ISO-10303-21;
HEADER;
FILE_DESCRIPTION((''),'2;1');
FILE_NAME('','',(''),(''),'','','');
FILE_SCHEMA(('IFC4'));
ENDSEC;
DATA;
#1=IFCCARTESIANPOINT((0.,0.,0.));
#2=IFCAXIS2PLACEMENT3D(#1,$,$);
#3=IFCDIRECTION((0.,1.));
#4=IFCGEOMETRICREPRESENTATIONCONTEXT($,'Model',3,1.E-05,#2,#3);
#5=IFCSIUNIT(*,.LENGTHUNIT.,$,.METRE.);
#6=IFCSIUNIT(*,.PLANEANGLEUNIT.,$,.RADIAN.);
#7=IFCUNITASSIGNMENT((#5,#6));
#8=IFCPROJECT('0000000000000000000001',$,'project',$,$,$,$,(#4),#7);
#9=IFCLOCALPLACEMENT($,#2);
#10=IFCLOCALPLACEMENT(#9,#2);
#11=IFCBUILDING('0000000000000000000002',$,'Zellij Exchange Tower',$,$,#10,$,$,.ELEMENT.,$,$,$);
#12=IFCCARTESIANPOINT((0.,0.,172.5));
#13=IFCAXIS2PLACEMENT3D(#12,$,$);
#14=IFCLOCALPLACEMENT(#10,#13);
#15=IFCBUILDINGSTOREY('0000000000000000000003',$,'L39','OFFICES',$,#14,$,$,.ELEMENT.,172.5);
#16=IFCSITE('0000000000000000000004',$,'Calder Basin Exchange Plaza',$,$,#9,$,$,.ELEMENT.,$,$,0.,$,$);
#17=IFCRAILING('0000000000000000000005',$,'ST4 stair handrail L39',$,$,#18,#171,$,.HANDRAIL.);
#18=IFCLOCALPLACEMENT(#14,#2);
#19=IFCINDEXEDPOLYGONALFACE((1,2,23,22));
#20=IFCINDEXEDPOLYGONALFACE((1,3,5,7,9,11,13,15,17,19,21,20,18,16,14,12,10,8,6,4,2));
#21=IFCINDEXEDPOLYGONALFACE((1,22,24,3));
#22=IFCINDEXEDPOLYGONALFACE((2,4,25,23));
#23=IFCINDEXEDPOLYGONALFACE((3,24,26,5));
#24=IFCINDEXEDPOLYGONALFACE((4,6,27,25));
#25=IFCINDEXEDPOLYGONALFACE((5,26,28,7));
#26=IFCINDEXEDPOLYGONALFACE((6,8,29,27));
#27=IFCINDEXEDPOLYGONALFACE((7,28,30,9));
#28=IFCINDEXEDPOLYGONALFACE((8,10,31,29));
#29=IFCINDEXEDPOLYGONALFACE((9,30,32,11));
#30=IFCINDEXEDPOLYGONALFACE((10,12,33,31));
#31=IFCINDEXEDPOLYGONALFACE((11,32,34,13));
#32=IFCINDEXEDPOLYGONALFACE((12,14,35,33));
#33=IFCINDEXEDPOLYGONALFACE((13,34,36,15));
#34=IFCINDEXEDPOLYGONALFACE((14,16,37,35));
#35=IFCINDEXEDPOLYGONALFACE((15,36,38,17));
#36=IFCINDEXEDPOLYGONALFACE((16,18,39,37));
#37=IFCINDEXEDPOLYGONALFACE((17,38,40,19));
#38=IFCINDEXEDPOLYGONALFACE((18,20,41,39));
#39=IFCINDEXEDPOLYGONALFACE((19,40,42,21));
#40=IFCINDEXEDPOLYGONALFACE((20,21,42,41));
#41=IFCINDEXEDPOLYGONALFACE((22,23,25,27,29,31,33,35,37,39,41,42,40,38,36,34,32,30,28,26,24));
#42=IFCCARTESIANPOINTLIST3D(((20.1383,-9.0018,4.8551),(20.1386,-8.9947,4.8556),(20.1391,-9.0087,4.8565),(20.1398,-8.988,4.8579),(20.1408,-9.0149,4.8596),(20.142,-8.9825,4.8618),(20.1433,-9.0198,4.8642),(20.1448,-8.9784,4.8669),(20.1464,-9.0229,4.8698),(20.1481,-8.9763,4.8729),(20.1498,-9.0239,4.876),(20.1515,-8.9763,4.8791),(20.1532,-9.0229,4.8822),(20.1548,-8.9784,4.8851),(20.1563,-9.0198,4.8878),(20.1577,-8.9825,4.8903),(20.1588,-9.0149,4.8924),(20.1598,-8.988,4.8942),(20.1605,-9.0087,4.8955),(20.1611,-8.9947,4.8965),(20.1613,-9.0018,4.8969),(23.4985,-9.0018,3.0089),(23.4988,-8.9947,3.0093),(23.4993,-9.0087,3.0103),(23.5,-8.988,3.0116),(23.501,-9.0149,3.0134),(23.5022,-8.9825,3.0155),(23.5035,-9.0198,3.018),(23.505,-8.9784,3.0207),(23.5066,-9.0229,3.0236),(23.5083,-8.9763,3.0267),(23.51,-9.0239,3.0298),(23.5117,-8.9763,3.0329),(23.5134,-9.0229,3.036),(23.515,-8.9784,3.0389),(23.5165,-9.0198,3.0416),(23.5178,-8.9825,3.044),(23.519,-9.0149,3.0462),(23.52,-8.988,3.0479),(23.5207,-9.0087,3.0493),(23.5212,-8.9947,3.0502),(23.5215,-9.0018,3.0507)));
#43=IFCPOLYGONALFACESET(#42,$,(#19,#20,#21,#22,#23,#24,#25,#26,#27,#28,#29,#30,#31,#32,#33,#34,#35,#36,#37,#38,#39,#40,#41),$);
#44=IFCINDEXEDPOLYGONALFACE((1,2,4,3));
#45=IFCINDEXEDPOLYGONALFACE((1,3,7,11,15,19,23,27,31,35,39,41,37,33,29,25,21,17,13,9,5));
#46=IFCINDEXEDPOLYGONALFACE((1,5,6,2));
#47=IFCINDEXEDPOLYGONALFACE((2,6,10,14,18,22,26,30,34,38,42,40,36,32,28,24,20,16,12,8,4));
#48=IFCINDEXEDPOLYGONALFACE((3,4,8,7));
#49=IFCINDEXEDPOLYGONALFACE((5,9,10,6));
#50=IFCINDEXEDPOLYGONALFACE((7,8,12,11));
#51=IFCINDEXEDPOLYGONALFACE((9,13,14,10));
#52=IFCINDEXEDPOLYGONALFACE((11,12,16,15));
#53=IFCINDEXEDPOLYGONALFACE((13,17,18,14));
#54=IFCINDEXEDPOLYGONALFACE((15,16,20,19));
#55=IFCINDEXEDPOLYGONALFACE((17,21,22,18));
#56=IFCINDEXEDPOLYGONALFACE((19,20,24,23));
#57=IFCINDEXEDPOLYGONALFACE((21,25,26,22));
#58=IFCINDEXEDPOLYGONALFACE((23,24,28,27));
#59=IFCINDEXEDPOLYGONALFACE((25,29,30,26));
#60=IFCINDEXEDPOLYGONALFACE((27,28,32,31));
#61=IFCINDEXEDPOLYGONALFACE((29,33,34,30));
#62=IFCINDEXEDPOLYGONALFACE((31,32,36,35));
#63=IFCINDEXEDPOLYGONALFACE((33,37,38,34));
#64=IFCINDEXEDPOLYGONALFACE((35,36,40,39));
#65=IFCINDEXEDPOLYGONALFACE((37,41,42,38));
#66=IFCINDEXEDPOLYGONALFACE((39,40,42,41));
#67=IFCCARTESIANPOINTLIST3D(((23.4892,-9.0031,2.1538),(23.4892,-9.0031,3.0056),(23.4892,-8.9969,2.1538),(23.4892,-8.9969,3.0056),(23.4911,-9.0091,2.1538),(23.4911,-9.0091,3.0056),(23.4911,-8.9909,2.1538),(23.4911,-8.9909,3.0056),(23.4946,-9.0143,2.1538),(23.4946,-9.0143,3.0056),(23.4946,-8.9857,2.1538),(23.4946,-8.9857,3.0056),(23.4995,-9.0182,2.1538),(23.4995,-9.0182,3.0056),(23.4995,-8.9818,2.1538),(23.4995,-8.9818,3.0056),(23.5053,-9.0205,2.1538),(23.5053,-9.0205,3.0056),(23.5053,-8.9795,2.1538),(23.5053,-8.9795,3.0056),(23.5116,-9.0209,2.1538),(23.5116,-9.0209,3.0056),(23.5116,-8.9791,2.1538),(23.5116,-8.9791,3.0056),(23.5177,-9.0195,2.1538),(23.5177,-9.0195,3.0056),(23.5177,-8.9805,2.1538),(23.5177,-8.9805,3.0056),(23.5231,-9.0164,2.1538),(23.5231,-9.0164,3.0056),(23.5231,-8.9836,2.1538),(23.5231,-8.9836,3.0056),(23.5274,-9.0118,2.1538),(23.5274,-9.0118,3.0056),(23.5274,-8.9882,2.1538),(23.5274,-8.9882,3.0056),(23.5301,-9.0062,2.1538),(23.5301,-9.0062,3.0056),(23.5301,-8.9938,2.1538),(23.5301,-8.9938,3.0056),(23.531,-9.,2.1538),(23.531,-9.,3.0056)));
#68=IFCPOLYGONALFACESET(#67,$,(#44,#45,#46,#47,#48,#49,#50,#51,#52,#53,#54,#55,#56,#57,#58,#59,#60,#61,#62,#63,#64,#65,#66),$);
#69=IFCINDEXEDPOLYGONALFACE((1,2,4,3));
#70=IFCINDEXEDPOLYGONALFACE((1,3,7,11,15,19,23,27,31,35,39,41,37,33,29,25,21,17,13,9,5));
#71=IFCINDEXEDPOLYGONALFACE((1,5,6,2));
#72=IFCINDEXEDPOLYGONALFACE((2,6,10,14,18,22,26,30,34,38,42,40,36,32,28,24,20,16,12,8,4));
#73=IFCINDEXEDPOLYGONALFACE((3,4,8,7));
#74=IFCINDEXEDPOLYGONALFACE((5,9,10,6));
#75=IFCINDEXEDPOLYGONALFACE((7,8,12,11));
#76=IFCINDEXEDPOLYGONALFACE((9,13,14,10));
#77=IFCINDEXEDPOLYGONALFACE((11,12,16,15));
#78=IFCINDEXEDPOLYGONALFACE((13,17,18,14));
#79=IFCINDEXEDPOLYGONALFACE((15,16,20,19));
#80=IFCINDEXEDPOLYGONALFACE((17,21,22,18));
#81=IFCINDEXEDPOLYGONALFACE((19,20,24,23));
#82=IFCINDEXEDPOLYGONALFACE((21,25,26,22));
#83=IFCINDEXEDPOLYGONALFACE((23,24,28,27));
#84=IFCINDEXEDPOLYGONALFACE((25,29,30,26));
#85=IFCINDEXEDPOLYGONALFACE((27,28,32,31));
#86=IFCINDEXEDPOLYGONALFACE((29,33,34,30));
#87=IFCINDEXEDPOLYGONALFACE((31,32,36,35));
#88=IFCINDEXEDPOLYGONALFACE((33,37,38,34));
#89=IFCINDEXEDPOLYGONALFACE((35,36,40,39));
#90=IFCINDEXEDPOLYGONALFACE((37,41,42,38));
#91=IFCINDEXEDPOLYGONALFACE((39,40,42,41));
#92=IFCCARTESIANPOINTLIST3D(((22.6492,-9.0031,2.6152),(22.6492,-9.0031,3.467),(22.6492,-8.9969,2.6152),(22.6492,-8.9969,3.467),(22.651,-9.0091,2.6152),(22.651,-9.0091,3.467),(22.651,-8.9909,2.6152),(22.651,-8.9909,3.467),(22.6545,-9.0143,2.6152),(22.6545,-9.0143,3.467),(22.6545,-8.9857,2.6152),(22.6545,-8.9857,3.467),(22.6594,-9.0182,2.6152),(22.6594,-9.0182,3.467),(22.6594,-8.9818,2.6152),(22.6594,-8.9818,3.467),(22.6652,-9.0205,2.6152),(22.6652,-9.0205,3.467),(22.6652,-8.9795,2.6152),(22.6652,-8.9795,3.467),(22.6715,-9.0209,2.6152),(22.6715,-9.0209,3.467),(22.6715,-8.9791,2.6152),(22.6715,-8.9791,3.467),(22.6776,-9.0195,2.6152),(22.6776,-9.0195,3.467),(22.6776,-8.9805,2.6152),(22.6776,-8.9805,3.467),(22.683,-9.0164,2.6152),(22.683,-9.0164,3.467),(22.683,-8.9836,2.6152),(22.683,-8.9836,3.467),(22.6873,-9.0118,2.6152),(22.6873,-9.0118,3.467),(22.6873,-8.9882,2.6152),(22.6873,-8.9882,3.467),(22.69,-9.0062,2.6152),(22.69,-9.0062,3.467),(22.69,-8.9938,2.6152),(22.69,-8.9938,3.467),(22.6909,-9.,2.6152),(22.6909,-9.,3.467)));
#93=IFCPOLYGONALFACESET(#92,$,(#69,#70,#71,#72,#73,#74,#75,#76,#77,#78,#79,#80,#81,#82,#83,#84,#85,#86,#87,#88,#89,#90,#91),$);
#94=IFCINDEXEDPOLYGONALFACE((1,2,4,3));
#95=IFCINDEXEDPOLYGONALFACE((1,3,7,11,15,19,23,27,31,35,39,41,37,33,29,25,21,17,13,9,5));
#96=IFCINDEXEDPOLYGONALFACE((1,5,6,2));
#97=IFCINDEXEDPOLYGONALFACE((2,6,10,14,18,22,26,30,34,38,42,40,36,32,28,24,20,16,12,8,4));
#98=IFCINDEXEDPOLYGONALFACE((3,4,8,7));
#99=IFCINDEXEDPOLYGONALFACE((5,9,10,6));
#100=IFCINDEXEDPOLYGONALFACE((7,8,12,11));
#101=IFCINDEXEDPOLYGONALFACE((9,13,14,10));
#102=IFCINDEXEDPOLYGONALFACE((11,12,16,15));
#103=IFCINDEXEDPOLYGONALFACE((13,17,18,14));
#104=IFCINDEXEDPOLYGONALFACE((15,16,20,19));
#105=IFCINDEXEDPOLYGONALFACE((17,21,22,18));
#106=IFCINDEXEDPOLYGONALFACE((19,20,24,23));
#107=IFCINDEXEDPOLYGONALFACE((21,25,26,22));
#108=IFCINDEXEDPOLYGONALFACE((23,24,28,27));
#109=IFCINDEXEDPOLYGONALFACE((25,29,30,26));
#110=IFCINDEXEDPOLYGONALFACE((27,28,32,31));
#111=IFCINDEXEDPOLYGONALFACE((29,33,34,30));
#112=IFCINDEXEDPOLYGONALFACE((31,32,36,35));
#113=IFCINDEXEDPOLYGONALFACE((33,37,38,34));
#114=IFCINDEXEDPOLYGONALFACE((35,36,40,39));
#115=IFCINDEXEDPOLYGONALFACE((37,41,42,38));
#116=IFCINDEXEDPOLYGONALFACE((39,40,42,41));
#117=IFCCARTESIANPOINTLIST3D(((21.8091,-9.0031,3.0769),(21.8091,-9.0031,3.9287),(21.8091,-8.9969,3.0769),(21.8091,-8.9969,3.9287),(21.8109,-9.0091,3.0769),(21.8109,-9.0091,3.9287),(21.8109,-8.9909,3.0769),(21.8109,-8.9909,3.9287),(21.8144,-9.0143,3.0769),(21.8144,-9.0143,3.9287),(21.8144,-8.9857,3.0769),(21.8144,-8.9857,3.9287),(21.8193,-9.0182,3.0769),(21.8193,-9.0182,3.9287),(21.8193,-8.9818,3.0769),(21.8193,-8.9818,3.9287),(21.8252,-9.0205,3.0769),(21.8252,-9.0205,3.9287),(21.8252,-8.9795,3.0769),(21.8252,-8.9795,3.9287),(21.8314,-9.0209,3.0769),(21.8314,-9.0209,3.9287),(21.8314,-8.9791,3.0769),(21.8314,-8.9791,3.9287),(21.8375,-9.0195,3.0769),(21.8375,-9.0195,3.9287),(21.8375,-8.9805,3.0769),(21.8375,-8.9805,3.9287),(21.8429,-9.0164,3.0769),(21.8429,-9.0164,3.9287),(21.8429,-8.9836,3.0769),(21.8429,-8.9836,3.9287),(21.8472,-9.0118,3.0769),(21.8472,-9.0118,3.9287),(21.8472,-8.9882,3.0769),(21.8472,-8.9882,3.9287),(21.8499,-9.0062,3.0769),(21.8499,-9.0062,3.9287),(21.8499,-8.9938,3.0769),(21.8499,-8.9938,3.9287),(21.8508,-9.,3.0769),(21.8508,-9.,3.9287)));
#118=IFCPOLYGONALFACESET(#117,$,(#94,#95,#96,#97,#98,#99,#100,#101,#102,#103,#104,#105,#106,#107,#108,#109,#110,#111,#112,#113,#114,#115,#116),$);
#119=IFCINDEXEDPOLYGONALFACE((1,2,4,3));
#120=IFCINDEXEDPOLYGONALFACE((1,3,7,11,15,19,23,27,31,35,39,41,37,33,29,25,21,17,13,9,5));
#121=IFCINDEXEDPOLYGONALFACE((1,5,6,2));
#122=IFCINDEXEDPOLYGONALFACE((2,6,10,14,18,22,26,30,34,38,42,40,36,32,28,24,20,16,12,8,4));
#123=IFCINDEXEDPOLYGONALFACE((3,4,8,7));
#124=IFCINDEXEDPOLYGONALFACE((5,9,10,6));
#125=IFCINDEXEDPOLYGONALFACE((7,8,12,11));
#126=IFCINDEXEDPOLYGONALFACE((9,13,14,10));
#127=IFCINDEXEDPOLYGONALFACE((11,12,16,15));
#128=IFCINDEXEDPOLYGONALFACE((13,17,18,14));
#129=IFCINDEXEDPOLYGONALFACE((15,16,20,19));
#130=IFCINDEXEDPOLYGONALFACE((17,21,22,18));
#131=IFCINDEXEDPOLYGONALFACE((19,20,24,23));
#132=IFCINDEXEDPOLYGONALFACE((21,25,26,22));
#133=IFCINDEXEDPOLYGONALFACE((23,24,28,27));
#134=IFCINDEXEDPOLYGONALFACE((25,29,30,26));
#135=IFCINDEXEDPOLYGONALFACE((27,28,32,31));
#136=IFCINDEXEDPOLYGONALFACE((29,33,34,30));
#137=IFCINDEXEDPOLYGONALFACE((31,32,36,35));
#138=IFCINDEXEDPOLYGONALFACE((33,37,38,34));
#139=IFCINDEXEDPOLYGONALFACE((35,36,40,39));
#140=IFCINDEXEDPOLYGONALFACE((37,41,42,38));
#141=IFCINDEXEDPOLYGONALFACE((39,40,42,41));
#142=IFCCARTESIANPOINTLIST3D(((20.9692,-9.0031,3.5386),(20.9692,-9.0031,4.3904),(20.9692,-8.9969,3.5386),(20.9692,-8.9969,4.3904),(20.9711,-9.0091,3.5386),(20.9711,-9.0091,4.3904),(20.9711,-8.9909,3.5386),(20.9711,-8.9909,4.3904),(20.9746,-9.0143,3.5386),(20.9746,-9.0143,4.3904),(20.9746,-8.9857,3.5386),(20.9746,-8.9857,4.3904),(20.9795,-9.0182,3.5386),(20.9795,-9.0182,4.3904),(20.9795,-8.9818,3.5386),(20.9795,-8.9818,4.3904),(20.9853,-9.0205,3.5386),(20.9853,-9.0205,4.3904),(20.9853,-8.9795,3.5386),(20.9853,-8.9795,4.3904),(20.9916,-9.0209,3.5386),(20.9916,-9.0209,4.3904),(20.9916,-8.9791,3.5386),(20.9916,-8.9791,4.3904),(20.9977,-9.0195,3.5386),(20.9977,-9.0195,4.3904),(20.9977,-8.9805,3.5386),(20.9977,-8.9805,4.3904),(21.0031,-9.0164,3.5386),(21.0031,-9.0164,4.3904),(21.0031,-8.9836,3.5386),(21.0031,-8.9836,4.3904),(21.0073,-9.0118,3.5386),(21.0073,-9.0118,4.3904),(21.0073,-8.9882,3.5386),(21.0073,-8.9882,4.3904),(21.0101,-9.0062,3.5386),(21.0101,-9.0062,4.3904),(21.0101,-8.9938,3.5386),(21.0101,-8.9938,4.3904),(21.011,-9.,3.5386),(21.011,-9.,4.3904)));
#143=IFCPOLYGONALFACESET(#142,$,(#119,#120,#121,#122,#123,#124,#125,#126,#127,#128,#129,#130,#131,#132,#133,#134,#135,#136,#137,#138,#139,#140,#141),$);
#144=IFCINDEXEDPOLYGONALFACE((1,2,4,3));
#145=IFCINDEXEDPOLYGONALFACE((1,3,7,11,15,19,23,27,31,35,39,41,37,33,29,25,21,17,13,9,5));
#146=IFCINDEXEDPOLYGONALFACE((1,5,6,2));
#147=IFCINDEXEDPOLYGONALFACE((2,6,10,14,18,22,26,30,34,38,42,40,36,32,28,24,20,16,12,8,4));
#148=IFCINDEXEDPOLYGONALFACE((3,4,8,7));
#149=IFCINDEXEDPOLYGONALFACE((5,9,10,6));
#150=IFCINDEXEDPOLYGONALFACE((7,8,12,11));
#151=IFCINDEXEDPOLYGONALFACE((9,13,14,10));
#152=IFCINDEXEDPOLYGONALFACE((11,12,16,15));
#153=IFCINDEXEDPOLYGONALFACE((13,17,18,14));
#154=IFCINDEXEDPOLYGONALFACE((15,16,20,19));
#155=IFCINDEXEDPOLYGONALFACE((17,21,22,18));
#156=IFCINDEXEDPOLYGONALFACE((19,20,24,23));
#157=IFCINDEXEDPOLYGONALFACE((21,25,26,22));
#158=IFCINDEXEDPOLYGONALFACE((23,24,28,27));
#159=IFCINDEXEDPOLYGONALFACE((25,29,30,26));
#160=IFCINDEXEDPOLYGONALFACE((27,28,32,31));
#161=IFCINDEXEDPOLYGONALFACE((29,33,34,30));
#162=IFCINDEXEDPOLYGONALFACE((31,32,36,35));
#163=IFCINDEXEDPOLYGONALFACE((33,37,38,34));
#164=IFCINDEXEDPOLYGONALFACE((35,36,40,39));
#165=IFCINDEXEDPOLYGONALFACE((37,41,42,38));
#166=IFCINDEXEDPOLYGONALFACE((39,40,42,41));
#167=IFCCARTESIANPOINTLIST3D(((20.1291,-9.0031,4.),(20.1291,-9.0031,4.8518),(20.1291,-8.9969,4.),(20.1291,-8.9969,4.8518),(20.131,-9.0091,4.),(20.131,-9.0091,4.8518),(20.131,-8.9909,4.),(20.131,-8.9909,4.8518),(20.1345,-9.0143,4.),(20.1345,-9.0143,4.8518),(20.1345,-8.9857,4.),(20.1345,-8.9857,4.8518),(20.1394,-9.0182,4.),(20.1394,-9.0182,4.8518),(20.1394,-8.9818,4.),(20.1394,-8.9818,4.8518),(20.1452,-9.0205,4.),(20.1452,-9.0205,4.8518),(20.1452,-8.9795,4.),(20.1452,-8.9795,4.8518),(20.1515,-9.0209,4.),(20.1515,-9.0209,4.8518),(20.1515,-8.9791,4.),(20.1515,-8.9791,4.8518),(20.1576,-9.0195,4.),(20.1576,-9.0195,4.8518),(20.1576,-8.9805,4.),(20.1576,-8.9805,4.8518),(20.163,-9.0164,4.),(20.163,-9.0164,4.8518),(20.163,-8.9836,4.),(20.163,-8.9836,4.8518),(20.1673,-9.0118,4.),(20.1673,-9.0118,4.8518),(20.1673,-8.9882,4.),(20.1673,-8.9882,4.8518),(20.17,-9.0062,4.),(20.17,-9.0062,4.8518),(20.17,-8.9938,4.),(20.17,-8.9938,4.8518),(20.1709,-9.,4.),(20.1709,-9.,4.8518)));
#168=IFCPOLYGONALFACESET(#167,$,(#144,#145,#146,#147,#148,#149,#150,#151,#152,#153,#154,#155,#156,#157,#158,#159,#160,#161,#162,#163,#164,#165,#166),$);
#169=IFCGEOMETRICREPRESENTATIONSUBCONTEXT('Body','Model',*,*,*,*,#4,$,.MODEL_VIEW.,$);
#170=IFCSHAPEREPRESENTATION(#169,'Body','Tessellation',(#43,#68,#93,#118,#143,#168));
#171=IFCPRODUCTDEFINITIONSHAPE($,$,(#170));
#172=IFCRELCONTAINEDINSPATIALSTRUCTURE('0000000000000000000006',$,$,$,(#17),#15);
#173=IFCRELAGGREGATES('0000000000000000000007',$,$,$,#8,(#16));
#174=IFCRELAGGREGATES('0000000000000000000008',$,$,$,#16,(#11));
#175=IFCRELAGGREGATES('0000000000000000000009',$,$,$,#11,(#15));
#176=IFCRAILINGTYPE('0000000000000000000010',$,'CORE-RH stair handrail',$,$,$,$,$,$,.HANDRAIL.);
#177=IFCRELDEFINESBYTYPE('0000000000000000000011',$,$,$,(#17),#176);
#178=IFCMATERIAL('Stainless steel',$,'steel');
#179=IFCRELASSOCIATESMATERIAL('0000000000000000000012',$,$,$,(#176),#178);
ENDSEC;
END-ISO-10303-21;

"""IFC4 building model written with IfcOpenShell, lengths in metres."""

from ifc_helpers import new_model, si_unit, direction, frame, origin, origin_2d, place, context, subcontext, project, spatial, circle, extrude, material, type_object, element, save


model = new_model("IFC4")

# Units and contexts
model_context = context("Model", 3, precision=1e-05, world=origin(), true_north=direction((0.0, 1.0)))
body_context = subcontext(model_context, "Body", "Model", "MODEL_VIEW")
ifc_project = project(units=[si_unit("LENGTHUNIT", "METRE"), si_unit("PLANEANGLEUNIT", "RADIAN")], contexts=[model_context])

# Site, building, storey
site_placement = place(None, origin())
site = spatial("IfcSite", under=ifc_project, at=site_placement, Name="Calder Basin Exchange Plaza", CompositionType="ELEMENT", RefElevation=0.0)
building_placement = place(site_placement, origin())
building = spatial("IfcBuilding", under=site, at=building_placement, Name="Zellij Exchange Tower", CompositionType="ELEMENT")
storey_placement = place(building_placement, frame((0.0, 0.0, 172.5)))
storey = spatial("IfcBuildingStorey", under=building, at=storey_placement, Name="L39", Description="OFFICES", CompositionType="ELEMENT", Elevation=172.5)

# Railing
ifc_material_1 = material(Name="Stainless steel", Category="steel")
railing_type_1 = type_object("IfcRailingType", Name="CORE-RH stair handrail", PredefinedType="HANDRAIL", material=ifc_material_1)
railing_1_placement = place(storey_placement, frame((23.51, -9.0, 2.1538)))
element("IfcRailing", 1, at=railing_1_placement, inside=storey, type_object=railing_type_1, Name="ST4 stair handrail L39", PredefinedType="HANDRAIL", context=body_context, shape_type="SweptSolid", body=[
    extrude(circle(Radius=0.0239, at=origin_2d()), frame((0.0, 0.0, 0.876), z_axis=(-0.876422, 0.0, 0.481545), x_axis=(0.0, -1.0, 0.0)), (0.0, 0.0, 1.0), 3.834),
    extrude(circle(Radius=0.021, at=origin_2d()), origin(), (0.0, 0.0, 1.0), 0.8518),
    extrude(circle(Radius=0.021, at=origin_2d()), frame((-0.8401, 0.0, 0.4614)), (0.0, 0.0, 1.0), 0.8518),
    extrude(circle(Radius=0.021, at=origin_2d()), frame((-1.6802, 0.0, 0.9231)), (0.0, 0.0, 1.0), 0.8518),
    extrude(circle(Radius=0.021, at=origin_2d()), frame((-2.52, 0.0, 1.3848)), (0.0, 0.0, 1.0), 0.8518),
    extrude(circle(Radius=0.021, at=origin_2d()), frame((-3.3601, 0.0, 1.8462)), (0.0, 0.0, 1.0), 0.8518),
])

save(model, "model.ifc")
